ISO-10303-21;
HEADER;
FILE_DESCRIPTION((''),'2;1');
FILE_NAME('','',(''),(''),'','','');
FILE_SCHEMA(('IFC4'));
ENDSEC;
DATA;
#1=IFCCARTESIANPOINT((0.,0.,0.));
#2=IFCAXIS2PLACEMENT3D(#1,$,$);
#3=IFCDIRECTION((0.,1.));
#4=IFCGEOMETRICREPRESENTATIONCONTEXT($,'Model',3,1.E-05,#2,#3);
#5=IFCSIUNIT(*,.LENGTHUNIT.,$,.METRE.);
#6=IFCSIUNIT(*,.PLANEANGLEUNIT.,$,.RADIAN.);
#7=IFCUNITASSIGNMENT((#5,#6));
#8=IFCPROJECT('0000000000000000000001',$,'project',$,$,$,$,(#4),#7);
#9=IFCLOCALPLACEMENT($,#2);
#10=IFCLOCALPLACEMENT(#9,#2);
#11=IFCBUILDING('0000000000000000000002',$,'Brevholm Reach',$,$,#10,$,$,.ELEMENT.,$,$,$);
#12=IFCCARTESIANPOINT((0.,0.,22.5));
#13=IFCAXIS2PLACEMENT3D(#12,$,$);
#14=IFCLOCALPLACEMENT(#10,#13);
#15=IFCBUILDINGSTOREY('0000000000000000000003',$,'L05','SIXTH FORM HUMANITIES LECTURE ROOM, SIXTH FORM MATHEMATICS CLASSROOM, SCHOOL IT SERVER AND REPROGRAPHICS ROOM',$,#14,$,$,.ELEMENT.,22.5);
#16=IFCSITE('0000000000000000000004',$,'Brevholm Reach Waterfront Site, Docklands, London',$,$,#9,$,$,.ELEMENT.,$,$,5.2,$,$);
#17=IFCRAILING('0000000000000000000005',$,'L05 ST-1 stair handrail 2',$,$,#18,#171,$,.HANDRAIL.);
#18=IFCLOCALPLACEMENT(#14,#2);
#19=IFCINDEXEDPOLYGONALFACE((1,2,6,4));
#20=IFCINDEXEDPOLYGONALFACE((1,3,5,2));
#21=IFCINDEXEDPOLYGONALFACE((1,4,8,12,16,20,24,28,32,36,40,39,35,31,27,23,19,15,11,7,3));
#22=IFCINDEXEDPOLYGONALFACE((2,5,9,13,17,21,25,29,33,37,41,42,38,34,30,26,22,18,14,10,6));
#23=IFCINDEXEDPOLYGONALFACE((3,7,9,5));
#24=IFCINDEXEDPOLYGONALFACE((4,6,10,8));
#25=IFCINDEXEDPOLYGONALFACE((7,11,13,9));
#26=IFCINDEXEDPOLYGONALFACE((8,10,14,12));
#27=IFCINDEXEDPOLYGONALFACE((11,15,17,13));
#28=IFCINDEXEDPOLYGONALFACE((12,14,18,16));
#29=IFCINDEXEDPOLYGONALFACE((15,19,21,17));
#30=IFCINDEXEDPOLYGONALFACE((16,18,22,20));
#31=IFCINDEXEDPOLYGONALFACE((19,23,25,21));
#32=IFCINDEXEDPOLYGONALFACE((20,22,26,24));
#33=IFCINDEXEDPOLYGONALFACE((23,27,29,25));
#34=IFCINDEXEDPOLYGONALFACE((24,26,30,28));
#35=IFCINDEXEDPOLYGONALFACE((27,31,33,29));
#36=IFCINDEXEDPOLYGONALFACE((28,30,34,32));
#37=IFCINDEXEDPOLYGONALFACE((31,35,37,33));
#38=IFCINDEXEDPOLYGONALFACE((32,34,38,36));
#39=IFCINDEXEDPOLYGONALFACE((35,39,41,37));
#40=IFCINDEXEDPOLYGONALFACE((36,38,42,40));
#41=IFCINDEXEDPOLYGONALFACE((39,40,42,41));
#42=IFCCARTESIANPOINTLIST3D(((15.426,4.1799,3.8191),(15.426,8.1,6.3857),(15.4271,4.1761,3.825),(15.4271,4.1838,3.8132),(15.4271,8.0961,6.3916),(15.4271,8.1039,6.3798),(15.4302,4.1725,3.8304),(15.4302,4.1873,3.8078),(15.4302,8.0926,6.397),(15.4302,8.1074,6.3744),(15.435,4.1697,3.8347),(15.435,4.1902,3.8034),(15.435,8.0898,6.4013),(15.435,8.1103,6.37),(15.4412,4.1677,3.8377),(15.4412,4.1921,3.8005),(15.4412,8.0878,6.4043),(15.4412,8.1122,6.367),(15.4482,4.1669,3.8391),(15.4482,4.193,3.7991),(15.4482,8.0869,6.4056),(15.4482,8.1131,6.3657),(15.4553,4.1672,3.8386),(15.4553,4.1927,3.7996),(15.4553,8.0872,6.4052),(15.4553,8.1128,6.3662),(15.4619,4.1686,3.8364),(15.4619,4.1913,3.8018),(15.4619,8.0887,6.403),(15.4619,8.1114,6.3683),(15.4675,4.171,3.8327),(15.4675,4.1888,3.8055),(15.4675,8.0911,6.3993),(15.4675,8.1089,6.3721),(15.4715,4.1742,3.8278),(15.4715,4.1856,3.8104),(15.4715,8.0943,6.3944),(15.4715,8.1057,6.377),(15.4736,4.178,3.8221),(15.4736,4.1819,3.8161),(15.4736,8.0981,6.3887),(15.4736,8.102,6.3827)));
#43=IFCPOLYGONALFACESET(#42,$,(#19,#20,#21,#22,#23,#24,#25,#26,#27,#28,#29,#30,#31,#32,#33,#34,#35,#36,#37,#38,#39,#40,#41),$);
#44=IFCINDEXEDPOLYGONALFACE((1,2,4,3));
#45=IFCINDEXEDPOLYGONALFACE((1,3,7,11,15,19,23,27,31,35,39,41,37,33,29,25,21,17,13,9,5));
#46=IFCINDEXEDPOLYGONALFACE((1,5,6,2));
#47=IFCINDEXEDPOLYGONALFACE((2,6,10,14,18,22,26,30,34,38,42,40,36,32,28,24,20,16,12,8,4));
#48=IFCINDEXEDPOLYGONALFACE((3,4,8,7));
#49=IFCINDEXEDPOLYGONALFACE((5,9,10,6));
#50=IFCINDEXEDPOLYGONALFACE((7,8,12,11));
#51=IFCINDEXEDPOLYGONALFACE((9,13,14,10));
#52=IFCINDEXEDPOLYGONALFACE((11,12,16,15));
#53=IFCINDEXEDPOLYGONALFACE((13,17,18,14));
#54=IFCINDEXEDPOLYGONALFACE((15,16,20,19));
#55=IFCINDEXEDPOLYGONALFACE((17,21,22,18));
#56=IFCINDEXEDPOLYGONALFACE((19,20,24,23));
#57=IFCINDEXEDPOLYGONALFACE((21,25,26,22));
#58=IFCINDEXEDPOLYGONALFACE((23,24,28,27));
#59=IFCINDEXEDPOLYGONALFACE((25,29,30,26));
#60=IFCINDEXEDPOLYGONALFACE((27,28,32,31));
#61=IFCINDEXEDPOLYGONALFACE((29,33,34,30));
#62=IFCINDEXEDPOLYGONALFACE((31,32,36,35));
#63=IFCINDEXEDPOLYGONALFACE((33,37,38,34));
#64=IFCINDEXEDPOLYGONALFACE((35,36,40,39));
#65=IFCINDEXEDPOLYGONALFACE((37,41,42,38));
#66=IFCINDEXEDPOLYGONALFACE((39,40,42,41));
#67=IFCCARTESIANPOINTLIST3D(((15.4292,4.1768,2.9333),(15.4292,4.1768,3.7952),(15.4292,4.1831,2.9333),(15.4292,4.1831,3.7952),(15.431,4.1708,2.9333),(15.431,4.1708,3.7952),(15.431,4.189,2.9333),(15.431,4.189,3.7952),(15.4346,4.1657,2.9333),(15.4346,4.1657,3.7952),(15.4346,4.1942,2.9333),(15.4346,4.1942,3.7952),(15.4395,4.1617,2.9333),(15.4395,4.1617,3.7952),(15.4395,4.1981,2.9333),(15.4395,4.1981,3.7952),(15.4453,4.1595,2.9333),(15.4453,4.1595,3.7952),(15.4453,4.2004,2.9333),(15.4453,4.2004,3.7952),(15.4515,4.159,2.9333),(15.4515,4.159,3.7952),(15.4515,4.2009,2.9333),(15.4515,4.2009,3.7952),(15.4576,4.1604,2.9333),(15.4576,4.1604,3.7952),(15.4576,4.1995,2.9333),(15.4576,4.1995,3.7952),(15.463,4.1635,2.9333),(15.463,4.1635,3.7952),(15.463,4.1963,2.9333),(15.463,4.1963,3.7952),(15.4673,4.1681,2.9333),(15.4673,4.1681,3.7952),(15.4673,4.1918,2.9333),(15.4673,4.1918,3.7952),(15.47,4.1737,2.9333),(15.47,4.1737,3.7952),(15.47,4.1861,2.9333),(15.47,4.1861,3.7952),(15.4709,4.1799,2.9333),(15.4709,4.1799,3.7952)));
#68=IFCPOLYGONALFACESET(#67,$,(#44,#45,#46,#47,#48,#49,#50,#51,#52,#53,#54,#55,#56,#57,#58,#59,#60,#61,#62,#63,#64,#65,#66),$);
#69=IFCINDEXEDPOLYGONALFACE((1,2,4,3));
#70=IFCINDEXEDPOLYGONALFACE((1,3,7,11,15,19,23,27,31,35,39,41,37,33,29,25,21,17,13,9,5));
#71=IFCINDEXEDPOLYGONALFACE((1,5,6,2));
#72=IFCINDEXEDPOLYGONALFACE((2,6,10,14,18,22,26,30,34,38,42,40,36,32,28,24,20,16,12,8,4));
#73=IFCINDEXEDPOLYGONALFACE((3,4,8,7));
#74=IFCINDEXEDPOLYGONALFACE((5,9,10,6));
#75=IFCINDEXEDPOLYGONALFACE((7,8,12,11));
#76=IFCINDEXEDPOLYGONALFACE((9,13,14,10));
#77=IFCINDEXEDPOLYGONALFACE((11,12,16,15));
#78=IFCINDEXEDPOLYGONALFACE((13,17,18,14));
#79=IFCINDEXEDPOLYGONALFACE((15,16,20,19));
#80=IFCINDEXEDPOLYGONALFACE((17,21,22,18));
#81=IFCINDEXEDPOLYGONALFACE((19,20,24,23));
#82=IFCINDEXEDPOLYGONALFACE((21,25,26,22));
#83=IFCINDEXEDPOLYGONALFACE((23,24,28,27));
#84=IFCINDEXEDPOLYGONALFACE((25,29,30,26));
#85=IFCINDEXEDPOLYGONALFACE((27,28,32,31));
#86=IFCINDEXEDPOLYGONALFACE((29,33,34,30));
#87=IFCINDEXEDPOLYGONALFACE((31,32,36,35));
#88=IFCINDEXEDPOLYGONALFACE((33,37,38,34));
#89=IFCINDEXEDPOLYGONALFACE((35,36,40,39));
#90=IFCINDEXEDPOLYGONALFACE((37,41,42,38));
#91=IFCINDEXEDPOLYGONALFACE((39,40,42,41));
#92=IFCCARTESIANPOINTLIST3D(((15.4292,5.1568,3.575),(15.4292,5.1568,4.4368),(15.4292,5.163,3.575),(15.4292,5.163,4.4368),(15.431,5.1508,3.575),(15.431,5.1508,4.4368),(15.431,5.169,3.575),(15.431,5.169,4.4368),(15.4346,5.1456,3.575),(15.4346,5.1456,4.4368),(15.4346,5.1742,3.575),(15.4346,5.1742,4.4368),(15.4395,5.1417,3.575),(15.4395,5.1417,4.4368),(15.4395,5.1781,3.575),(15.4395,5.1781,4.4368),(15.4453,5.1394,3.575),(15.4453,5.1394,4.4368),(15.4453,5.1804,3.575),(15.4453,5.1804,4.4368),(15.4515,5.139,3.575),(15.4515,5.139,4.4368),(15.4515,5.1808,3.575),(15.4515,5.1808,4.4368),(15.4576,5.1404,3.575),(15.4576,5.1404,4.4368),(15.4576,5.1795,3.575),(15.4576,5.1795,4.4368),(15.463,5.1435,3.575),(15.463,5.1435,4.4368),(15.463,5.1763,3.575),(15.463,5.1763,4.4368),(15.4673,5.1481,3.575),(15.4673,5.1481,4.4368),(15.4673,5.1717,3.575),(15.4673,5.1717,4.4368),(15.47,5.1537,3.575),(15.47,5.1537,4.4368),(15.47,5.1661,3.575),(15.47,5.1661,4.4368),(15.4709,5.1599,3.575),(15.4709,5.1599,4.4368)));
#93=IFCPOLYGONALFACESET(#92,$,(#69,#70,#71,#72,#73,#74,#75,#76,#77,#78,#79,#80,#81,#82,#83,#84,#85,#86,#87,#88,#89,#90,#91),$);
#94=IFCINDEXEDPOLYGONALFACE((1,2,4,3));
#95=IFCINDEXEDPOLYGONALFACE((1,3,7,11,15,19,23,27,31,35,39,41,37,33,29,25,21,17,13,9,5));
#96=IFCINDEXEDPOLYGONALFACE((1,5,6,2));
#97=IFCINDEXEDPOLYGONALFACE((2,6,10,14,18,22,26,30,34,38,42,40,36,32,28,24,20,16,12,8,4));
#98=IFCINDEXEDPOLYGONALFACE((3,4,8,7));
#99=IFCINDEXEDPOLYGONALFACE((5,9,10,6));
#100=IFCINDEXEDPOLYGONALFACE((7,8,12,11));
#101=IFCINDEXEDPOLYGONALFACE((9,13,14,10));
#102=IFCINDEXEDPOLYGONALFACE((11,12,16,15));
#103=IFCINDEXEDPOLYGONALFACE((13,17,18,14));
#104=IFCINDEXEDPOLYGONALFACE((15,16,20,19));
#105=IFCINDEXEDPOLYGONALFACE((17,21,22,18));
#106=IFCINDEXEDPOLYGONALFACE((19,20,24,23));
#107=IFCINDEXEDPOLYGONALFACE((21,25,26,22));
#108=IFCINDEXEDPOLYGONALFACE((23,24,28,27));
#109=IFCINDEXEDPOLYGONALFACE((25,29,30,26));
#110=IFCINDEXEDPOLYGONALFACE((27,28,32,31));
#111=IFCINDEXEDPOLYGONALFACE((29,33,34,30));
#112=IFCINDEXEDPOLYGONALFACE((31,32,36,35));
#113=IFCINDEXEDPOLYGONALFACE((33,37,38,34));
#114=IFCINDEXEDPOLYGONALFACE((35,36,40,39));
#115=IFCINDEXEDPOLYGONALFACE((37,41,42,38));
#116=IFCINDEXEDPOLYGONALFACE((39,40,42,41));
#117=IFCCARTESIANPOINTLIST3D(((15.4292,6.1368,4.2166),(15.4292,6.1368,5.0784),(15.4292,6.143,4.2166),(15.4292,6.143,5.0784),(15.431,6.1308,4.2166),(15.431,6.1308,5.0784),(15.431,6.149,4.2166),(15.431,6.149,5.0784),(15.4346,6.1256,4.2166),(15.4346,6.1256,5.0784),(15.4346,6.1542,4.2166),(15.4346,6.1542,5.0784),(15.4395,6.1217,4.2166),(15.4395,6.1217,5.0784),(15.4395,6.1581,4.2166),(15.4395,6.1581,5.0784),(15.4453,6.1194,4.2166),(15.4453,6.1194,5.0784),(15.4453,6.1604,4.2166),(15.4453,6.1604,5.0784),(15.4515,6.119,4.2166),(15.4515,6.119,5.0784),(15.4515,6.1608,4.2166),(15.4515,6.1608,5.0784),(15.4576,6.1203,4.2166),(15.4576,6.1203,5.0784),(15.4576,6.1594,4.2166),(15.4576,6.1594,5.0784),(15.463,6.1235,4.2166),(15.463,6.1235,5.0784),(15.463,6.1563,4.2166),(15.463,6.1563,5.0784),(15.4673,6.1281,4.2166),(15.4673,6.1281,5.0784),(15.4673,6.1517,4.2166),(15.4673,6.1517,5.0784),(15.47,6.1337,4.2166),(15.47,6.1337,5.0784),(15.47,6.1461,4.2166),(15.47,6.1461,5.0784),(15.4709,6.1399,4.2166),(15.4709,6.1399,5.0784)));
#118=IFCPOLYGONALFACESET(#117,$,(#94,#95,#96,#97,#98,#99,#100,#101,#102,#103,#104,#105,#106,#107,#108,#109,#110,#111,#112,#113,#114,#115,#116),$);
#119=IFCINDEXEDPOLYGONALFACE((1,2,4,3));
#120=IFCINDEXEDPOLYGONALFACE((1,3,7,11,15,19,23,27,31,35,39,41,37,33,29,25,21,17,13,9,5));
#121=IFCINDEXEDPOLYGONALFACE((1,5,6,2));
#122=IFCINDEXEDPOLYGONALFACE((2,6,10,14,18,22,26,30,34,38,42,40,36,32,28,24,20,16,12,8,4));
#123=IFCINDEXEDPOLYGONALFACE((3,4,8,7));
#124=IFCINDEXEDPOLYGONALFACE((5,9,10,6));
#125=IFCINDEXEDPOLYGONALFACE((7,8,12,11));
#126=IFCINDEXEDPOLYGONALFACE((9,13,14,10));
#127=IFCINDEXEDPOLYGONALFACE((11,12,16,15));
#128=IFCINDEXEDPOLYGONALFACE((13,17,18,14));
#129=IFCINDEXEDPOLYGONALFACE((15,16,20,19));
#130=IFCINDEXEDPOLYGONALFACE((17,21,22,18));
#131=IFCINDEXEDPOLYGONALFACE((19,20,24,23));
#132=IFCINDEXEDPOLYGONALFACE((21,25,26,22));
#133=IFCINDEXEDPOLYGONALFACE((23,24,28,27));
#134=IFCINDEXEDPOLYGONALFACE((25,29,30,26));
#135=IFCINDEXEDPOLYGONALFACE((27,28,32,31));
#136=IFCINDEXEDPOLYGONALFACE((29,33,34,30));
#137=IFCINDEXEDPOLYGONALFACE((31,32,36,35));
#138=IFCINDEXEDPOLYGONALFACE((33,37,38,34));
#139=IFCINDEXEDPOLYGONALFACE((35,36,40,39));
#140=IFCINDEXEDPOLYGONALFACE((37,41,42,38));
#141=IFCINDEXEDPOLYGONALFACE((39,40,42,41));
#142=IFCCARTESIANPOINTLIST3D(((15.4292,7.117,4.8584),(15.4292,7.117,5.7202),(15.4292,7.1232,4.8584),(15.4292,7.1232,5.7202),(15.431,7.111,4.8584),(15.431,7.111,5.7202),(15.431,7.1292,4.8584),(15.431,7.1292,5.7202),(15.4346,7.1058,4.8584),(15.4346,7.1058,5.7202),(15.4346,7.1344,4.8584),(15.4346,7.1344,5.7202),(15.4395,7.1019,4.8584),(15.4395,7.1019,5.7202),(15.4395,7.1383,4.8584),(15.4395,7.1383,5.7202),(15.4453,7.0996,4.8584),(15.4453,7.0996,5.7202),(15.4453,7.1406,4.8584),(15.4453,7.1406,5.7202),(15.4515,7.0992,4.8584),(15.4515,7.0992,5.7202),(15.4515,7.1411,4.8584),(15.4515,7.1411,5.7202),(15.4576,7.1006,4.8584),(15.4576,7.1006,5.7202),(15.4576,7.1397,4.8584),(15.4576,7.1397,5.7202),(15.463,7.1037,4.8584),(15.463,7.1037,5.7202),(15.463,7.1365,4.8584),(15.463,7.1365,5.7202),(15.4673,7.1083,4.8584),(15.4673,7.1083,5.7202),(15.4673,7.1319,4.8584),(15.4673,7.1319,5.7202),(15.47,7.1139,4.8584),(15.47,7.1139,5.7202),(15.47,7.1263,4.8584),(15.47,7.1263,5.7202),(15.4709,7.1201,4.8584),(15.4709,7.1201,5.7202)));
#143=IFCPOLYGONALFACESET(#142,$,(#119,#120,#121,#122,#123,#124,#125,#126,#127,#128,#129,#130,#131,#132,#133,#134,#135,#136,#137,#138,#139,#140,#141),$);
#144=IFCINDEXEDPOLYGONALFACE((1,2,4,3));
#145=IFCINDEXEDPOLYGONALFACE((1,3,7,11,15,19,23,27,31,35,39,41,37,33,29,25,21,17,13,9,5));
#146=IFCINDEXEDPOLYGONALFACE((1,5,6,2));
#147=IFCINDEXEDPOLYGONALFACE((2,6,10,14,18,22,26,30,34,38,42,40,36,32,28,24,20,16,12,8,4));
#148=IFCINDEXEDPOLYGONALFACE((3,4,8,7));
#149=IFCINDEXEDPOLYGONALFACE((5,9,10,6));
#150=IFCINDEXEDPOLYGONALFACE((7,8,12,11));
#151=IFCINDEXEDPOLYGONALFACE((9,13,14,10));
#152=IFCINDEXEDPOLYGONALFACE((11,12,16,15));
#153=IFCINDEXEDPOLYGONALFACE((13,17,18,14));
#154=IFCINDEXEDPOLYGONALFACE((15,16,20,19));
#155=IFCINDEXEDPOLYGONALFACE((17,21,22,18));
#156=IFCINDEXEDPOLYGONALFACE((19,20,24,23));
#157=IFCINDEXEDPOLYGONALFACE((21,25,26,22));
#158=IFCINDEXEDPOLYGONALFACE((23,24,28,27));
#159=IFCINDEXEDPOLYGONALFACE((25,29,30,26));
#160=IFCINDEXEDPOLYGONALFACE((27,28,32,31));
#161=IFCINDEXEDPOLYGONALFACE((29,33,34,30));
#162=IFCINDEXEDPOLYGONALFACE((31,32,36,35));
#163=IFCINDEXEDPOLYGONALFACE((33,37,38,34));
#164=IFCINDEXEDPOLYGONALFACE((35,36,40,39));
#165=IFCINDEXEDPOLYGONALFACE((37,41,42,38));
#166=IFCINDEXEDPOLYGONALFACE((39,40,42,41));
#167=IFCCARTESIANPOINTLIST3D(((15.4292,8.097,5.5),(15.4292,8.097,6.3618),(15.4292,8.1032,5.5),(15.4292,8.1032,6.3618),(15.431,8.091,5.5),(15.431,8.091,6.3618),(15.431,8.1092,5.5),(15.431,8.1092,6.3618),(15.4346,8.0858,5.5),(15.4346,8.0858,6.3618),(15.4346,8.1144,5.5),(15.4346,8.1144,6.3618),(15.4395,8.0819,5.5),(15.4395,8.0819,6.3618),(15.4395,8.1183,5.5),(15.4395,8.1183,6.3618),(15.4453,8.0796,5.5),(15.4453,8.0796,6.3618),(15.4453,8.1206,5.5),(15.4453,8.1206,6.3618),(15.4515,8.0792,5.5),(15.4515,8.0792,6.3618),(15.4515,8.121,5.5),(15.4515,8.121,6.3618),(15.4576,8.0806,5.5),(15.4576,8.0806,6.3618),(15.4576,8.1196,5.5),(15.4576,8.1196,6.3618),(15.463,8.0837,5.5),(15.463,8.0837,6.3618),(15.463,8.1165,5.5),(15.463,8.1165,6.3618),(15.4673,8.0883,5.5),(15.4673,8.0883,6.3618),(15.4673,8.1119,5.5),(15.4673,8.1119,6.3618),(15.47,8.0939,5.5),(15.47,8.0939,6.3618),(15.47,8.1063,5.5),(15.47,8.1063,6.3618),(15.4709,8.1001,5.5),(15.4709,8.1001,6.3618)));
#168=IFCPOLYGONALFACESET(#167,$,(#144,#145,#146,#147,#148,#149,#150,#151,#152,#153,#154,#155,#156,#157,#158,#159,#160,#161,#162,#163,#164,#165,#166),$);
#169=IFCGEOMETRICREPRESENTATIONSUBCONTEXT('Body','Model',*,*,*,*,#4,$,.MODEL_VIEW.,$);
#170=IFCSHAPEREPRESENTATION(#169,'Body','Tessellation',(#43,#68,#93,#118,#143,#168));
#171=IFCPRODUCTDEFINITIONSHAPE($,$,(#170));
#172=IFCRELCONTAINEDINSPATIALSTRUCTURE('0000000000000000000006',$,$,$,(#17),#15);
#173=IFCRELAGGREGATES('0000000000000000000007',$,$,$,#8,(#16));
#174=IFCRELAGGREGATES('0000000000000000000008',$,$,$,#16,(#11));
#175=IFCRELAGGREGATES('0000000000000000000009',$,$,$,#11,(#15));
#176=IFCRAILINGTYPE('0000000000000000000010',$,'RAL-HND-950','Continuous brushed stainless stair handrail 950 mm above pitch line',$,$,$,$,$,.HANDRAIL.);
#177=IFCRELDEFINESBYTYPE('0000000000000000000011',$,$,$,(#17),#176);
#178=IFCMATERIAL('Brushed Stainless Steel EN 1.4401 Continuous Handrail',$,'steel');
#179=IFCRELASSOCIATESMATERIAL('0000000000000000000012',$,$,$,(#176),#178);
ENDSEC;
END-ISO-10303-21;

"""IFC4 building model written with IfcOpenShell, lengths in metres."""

from ifc_helpers import new_model, si_unit, direction, frame, origin, origin_2d, place, context, subcontext, project, spatial, circle, extrude, material, type_object, element, save


model = new_model("IFC4")

# Units and contexts
model_context = context("Model", 3, precision=1e-05, world=origin(), true_north=direction((0.0, 1.0)))
body_context = subcontext(model_context, "Body", "Model", "MODEL_VIEW")
ifc_project = project(units=[si_unit("LENGTHUNIT", "METRE"), si_unit("PLANEANGLEUNIT", "RADIAN")], contexts=[model_context])

# Site, building, storey
site_placement = place(None, origin())
site = spatial("IfcSite", under=ifc_project, at=site_placement, Name="Brevholm Reach Waterfront Site, Docklands, London", CompositionType="ELEMENT", RefElevation=5.2)
building_placement = place(site_placement, origin())
building = spatial("IfcBuilding", under=site, at=building_placement, Name="Brevholm Reach", CompositionType="ELEMENT")
storey_placement = place(building_placement, frame((0.0, 0.0, 22.5)))
storey = spatial("IfcBuildingStorey", under=building, at=storey_placement, Name="L05", Description="SIXTH FORM HUMANITIES LECTURE ROOM, SIXTH FORM MATHEMATICS CLASSROOM, SCHOOL IT SERVER AND REPROGRAPHICS ROOM", CompositionType="ELEMENT", Elevation=22.5)

# Railing
ifc_material_1 = material(Name="Brushed Stainless Steel EN 1.4401 Continuous Handrail", Category="steel")
railing_type_1 = type_object("IfcRailingType", Name="RAL-HND-950", Description="Continuous brushed stainless stair handrail 950 mm above pitch line", PredefinedType="HANDRAIL", material=ifc_material_1)
railing_1_placement = place(storey_placement, frame((15.45, 4.1799, 2.9333)))
element("IfcRailing", 1, at=railing_1_placement, inside=storey, type_object=railing_type_1, Name="L05 ST-1 stair handrail 2", PredefinedType="HANDRAIL", context=body_context, shape_type="SweptSolid", body=[
    extrude(circle(Radius=0.0239, at=origin_2d()), frame((0.0, 0.0, 0.8857), z_axis=(0.0, 0.836631, 0.547767), x_axis=(-1.0, 0.0, 0.0)), (0.0, 0.0, 1.0), 4.6855),
    extrude(circle(Radius=0.021, at=origin_2d()), origin(), (0.0, 0.0, 1.0), 0.8618),
    extrude(circle(Radius=0.021, at=origin_2d()), frame((0.0, 0.98, 0.6416)), (0.0, 0.0, 1.0), 0.8618),
    extrude(circle(Radius=0.021, at=origin_2d()), frame((0.0, 1.96, 1.2832)), (0.0, 0.0, 1.0), 0.8618),
    extrude(circle(Radius=0.021, at=origin_2d()), frame((0.0, 2.9402, 1.925)), (0.0, 0.0, 1.0), 0.8618),
    extrude(circle(Radius=0.021, at=origin_2d()), frame((0.0, 3.9202, 2.5667)), (0.0, 0.0, 1.0), 0.8618),
])

save(model, "model.ifc")
